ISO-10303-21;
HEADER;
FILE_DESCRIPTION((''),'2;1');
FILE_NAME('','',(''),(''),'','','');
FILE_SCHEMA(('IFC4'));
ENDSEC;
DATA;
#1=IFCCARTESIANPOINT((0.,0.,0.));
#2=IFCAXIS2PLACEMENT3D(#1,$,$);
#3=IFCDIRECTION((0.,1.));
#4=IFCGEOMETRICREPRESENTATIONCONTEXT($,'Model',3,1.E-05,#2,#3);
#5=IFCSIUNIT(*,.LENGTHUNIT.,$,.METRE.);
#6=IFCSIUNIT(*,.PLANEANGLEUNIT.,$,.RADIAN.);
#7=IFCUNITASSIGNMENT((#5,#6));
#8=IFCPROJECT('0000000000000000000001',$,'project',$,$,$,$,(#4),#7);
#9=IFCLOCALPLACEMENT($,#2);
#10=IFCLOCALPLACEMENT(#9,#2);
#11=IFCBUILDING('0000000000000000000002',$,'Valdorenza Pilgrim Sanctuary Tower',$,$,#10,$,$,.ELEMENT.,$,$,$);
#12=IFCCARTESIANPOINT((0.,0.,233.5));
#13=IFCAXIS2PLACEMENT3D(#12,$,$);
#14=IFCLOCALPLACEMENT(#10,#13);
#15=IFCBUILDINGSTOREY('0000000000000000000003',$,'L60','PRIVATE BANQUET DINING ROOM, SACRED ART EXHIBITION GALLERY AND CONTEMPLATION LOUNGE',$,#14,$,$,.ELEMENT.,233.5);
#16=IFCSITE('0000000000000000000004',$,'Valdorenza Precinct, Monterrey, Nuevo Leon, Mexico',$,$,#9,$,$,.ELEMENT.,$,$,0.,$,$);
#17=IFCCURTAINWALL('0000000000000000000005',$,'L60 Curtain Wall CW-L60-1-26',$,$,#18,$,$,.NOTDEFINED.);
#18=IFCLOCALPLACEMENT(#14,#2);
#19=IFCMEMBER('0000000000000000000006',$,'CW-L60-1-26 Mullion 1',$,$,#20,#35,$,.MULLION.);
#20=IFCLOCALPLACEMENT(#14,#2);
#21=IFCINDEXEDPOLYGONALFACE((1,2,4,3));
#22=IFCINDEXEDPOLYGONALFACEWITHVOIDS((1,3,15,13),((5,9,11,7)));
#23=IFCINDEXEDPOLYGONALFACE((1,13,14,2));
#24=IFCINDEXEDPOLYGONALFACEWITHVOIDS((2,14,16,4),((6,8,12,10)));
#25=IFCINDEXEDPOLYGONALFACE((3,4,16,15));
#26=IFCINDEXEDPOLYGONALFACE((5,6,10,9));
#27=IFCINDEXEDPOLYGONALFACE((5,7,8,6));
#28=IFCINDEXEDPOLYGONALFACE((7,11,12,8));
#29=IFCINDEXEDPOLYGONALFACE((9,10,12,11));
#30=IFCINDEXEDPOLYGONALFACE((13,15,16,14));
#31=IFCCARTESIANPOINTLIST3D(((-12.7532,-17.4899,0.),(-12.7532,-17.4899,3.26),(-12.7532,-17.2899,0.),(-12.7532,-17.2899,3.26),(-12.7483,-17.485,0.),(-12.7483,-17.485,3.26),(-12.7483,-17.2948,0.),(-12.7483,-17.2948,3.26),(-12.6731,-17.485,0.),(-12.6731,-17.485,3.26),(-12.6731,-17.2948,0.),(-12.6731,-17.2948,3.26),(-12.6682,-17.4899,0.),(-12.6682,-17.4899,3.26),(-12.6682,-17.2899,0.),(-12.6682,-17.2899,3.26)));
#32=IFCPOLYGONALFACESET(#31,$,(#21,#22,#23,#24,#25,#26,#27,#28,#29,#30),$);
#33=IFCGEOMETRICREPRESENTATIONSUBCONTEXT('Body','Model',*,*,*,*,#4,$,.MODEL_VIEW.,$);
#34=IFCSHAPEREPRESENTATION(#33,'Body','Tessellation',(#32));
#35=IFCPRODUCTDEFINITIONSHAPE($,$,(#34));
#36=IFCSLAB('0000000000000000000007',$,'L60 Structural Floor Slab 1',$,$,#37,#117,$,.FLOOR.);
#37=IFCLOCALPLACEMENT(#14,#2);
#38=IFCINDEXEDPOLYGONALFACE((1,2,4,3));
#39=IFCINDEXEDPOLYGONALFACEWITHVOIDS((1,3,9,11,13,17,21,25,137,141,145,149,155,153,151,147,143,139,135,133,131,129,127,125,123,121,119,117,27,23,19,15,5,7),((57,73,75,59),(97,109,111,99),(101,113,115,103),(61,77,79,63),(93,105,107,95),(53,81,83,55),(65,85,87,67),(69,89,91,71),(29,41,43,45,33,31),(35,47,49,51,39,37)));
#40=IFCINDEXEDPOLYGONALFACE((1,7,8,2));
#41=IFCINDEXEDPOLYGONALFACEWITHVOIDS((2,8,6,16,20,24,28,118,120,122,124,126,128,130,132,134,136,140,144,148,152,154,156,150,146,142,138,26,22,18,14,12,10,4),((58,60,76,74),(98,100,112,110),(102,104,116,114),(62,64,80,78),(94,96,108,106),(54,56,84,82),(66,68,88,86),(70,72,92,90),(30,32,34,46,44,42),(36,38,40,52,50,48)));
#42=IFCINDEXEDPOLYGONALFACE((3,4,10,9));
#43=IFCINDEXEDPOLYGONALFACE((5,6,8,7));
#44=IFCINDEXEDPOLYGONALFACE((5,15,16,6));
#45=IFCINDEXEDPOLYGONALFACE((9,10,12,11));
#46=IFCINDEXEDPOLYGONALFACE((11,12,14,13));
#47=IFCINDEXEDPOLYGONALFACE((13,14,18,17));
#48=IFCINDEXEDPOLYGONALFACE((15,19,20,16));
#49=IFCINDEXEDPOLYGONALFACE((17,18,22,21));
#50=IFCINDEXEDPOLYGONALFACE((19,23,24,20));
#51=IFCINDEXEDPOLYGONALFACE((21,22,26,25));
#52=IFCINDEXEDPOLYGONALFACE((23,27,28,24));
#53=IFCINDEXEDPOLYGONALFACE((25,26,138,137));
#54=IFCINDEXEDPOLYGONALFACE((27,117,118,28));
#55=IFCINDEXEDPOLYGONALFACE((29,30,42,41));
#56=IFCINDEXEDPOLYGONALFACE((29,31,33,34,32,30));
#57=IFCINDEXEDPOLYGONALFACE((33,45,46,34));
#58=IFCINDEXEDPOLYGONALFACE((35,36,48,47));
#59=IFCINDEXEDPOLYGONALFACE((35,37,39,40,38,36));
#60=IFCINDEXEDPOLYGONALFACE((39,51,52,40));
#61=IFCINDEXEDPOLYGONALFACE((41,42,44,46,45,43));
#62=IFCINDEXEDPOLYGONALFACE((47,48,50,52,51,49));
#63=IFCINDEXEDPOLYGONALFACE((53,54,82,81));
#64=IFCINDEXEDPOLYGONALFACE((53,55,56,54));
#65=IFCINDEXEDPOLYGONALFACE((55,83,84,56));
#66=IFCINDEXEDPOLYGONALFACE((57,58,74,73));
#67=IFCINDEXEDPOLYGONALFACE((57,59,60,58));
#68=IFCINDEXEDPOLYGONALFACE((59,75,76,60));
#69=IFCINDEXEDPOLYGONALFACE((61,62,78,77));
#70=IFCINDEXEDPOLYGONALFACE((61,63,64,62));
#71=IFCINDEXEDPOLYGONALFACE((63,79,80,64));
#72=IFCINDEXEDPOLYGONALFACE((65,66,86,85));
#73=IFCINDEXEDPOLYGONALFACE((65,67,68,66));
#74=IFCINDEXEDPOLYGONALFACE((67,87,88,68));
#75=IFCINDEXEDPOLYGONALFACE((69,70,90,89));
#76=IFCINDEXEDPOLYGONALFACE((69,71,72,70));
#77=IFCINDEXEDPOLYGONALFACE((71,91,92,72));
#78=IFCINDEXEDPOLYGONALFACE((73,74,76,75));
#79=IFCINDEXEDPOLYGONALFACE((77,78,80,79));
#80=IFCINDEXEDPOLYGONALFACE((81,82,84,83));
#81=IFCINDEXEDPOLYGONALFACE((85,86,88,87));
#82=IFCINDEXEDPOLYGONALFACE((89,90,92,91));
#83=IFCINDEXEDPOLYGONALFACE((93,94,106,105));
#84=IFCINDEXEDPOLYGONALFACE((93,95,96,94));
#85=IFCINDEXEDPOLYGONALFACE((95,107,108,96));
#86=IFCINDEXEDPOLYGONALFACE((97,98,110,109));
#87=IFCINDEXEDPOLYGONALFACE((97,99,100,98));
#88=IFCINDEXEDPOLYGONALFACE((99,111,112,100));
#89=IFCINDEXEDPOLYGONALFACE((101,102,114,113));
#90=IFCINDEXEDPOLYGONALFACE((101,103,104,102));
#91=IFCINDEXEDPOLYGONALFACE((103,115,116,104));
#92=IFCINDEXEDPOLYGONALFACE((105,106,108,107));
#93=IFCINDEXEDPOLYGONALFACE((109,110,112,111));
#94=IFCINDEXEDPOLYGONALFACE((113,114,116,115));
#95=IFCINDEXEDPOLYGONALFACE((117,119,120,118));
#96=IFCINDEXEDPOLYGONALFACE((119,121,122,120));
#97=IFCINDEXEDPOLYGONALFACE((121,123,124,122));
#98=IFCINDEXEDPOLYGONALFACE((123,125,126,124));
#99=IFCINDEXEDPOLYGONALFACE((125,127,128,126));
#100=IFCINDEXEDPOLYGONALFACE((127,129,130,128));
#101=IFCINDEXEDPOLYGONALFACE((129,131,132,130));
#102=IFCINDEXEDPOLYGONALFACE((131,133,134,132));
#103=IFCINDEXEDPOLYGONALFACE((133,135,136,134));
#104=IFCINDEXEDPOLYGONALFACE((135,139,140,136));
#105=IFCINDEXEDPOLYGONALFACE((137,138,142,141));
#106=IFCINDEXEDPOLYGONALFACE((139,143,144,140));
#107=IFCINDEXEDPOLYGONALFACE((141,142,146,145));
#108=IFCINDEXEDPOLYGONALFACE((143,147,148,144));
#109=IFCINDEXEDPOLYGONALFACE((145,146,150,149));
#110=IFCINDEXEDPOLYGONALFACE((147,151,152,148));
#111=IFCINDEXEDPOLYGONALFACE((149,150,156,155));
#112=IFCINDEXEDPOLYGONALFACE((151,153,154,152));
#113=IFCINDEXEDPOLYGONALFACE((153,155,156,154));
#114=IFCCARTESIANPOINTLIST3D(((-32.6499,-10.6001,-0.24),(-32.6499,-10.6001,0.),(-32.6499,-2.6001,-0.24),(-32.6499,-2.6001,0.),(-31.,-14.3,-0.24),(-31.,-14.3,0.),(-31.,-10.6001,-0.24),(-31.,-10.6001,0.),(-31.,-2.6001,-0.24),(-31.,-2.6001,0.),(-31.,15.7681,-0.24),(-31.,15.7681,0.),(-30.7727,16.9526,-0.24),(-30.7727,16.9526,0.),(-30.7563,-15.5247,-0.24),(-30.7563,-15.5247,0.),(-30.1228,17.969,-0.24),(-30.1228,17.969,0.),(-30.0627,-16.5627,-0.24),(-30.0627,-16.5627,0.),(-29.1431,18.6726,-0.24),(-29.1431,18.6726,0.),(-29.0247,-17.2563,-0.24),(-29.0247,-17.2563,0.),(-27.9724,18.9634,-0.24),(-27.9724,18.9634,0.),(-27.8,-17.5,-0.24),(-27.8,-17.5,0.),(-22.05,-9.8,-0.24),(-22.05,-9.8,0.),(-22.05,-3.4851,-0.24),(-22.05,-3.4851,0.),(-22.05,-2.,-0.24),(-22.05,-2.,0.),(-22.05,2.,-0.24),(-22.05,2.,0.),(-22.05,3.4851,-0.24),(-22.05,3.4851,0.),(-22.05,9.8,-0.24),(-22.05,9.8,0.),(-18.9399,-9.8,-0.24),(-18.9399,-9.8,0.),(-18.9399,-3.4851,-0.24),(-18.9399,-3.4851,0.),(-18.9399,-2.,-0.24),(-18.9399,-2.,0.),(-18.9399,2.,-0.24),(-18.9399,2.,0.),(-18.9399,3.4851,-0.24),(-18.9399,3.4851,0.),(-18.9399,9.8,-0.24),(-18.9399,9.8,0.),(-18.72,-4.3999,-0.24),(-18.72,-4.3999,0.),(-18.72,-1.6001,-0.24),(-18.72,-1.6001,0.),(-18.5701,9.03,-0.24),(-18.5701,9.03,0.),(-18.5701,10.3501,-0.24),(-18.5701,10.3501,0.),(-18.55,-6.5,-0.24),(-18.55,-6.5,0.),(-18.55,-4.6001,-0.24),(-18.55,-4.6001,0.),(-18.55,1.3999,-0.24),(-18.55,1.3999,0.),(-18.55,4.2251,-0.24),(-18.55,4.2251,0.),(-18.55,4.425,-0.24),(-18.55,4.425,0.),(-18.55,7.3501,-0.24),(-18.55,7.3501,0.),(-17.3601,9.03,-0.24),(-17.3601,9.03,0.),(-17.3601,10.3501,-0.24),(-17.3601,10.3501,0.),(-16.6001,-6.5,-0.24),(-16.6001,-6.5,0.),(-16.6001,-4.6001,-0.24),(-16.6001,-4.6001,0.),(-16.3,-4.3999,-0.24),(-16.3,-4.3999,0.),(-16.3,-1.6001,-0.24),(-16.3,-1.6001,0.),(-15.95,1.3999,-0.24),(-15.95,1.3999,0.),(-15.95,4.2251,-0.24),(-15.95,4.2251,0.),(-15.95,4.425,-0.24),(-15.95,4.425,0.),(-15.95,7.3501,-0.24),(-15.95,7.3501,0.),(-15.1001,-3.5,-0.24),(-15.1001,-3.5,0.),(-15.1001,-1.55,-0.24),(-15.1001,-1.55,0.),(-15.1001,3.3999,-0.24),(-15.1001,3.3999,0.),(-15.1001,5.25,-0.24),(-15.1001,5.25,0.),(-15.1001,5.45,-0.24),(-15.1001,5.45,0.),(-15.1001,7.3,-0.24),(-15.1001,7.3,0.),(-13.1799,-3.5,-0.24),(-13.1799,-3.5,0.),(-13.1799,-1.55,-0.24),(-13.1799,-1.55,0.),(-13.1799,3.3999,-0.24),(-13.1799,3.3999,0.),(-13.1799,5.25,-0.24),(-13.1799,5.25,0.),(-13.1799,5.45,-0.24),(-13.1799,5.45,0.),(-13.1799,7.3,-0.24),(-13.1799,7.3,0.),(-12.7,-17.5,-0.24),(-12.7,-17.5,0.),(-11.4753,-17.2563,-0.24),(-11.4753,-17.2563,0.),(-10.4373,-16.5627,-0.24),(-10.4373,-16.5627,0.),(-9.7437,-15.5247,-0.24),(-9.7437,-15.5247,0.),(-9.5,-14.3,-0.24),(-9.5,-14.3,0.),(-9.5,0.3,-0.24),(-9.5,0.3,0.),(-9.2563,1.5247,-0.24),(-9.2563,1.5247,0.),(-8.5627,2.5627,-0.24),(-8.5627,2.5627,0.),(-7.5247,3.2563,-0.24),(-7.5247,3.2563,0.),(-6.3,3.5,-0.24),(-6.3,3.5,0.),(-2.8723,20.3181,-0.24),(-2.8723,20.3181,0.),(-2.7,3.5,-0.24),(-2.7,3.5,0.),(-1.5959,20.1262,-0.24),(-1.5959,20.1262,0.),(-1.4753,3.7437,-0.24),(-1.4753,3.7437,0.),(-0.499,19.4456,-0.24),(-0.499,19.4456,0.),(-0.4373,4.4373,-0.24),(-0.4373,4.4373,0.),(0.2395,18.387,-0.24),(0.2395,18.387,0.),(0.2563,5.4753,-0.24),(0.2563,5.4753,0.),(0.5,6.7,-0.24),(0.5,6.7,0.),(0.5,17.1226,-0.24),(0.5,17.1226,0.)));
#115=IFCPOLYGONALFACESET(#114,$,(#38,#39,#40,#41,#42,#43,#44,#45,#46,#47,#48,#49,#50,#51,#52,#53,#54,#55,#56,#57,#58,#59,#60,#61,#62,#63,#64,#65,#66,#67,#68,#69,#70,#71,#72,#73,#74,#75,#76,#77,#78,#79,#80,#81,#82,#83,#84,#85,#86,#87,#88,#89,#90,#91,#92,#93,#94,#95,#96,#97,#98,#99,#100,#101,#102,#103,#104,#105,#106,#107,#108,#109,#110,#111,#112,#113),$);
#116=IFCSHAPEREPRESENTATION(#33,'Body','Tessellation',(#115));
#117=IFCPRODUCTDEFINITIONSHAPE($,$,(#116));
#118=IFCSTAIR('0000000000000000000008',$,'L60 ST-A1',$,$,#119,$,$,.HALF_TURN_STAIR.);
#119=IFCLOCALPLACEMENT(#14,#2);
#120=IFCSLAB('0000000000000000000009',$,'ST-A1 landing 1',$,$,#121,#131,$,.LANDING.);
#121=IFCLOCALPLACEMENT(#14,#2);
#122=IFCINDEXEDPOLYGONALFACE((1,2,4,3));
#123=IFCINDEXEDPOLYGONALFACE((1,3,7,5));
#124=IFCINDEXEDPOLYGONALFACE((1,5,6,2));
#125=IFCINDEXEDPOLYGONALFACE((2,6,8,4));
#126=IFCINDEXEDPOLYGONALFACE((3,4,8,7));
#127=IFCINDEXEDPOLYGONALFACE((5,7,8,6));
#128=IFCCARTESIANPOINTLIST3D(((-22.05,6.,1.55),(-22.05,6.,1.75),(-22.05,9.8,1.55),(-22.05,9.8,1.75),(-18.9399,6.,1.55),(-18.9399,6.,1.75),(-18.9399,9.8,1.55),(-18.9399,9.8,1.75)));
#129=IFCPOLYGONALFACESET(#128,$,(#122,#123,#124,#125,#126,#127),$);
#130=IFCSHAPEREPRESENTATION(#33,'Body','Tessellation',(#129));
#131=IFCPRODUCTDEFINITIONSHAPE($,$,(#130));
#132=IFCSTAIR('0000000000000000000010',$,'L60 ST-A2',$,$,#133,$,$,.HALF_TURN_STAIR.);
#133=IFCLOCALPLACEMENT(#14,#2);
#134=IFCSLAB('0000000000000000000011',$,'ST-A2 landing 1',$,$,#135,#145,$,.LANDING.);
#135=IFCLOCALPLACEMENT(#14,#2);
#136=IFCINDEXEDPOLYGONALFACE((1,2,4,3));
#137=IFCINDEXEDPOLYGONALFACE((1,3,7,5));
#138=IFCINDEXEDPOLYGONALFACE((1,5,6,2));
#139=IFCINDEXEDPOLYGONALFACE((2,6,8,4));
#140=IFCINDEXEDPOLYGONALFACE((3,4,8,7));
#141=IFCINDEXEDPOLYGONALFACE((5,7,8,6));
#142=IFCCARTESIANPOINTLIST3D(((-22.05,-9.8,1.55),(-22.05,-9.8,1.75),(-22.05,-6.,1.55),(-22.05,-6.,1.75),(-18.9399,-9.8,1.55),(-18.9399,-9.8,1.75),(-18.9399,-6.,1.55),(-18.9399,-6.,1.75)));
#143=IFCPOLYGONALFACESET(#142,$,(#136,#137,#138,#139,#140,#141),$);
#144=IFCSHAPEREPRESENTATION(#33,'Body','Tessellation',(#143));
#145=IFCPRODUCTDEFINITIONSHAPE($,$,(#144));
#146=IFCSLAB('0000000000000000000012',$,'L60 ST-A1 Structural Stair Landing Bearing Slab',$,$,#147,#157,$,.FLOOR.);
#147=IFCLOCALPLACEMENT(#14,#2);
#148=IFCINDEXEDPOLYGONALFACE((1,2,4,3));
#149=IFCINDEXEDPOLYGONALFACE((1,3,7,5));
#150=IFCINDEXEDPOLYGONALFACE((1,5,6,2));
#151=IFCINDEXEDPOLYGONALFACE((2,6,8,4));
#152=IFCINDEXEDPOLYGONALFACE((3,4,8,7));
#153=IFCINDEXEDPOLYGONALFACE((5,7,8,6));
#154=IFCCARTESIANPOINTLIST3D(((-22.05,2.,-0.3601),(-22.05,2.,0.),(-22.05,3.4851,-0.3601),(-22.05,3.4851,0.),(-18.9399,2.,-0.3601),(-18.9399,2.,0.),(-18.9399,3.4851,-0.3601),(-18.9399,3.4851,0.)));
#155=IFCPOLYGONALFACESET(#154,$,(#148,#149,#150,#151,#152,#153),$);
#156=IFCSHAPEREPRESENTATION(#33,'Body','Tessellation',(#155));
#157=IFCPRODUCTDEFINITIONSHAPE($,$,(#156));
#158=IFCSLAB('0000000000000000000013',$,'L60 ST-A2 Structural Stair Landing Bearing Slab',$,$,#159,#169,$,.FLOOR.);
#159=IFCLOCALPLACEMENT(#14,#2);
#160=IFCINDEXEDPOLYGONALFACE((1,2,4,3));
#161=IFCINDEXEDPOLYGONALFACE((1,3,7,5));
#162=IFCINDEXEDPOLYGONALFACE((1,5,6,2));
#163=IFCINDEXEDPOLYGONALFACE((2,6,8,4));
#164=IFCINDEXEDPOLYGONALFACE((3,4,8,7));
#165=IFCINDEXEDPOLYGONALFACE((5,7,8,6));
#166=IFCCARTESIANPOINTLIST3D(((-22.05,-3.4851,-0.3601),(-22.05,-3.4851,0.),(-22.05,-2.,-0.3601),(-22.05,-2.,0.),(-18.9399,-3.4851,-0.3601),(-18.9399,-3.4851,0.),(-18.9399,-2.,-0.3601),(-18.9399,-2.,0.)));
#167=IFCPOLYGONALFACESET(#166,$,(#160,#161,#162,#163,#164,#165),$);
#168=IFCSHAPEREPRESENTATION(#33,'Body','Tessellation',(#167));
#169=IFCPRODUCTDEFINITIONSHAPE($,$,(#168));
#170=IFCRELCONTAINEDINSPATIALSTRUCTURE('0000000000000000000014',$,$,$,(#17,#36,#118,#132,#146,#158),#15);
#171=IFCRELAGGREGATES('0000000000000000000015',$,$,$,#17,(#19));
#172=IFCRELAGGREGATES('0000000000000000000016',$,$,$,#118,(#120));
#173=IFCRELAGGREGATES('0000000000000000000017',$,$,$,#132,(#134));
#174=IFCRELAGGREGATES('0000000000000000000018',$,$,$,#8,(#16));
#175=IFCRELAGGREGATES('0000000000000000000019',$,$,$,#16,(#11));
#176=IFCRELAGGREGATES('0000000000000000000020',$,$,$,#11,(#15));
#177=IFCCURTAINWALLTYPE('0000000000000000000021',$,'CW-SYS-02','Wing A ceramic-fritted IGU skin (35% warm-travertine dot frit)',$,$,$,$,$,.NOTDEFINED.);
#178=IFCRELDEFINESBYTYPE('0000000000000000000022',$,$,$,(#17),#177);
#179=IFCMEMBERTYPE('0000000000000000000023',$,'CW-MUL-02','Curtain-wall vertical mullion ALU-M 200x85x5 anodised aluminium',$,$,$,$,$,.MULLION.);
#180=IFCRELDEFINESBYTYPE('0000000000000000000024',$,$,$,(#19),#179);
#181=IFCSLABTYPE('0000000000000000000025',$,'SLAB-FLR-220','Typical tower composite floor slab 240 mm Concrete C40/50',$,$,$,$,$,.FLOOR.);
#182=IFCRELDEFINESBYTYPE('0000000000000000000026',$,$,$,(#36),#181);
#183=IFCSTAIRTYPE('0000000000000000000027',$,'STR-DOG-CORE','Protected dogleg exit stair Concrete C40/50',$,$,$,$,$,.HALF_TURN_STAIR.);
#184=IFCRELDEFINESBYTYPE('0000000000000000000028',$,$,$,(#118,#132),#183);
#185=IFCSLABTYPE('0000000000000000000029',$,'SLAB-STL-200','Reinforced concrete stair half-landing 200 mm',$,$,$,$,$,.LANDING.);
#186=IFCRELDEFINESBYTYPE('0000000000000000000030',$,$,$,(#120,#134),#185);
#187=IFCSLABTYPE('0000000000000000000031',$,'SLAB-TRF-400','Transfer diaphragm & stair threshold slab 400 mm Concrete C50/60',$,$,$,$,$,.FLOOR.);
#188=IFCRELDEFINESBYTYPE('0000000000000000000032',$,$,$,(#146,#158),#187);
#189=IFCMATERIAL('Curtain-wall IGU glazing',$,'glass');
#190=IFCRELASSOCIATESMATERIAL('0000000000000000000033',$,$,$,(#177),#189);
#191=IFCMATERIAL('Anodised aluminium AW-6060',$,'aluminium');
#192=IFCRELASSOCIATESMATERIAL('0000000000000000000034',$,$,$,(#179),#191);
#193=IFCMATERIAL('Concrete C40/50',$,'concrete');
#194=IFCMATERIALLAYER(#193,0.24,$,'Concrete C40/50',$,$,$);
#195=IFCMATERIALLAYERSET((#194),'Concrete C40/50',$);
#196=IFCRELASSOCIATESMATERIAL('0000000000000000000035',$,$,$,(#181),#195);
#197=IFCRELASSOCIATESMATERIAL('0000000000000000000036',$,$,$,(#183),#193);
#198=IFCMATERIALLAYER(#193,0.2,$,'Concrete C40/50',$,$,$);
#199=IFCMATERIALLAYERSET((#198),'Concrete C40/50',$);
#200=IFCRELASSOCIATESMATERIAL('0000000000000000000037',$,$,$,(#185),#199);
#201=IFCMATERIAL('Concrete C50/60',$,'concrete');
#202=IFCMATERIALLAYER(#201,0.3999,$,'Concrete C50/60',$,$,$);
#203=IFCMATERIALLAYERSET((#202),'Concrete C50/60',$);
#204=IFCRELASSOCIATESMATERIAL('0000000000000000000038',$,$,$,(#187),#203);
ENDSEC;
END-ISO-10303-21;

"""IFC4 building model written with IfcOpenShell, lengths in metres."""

from ifc_helpers import new_model, si_unit, direction, frame, origin, origin_2d, place, context, subcontext, project, spatial, polyline, hollow_rectangle, outline, extrude, source, transform, mapped, material, layer, layer_set, material_profile, profile_set, type_object, element, aggregate, save


model = new_model("IFC4")

# Units and contexts
model_context = context("Model", 3, precision=1e-05, world=origin(), true_north=direction((0.0, 1.0)))
body_context = subcontext(model_context, "Body", "Model", "MODEL_VIEW")
ifc_project = project(units=[si_unit("LENGTHUNIT", "METRE"), si_unit("PLANEANGLEUNIT", "RADIAN")], contexts=[model_context])

# Site, building, storey
site_placement = place(None, origin())
site = spatial("IfcSite", under=ifc_project, at=site_placement, Name="Valdorenza Precinct, Monterrey, Nuevo Leon, Mexico", CompositionType="ELEMENT", RefElevation=0.0)
building_placement = place(site_placement, origin())
building = spatial("IfcBuilding", under=site, at=building_placement, Name="Valdorenza Pilgrim Sanctuary Tower", CompositionType="ELEMENT")
storey_placement = place(building_placement, frame((0.0, 0.0, 233.5)))
storey = spatial("IfcBuildingStorey", under=building, at=storey_placement, Name="L60", Description="PRIVATE BANQUET DINING ROOM, SACRED ART EXHIBITION GALLERY AND CONTEMPLATION LOUNGE", CompositionType="ELEMENT", Elevation=233.5)

# Shared definitions
ifc_material_1 = material(Name="Concrete C50/60", Category="concrete")

# Curtain wall
ifc_material_2 = material(Name="Curtain-wall IGU glazing", Category="glass")
curtain_wall_type = type_object("IfcCurtainWallType", Name="CW-SYS-02", Description="Wing A ceramic-fritted IGU skin (35% warm-travertine dot frit)", PredefinedType="NOTDEFINED", material=ifc_material_2)
curtain_wall_1_placement = place(storey_placement, origin())
curtain_wall_1 = element("IfcCurtainWall", 1, at=curtain_wall_1_placement, inside=storey, type_object=curtain_wall_type, Name="L60 Curtain Wall CW-L60-1-26", PredefinedType="NOTDEFINED")
ifc_material_3 = material(Name="Anodised aluminium AW-6060", Category="aluminium")

# Shared definitions
ifc_material_profile_1 = material_profile(ifc_material_3, hollow_rectangle(XDim=0.085, YDim=0.2, WallThickness=0.0049, at=origin_2d()), Name="ALU-M 200x85x5")
ifc_profile_set_1 = profile_set([ifc_material_profile_1], Name="Anodised aluminium AW-6060")
member_type_1 = type_object("IfcMemberType", Name="CW-MUL-02", Description="Curtain-wall vertical mullion ALU-M 200x85x5 anodised aluminium", PredefinedType="MULLION", material=ifc_profile_set_1)
shared_shape_1 = source(origin(), body_context, "Body", "SweptSolid", [
    extrude(hollow_rectangle(XDim=0.085, YDim=0.2, WallThickness=0.0049, at=origin_2d()), origin(), (0.0, 0.0, 1.0), 3.26),
])

# Member
member_1_placement = place(storey_placement, frame((-12.7107, -17.3899, 0.0), z_axis=(0.0, 0.0, 1.0), x_axis=(-1.0, 0.0, 0.0)))
member_1 = element("IfcMember", 2, at=member_1_placement, type_object=member_type_1, Name="CW-L60-1-26 Mullion 1", PredefinedType="MULLION", context=body_context, shape_type="MappedRepresentation", body=[
    mapped(shared_shape_1, transform((0.0, 0.0, 0.0), x_axis=(1.0, 0.0, 0.0), y_axis=(0.0, 1.0, 0.0), z_axis=(0.0, 0.0, 1.0), scale=1.0)),
])
aggregate(curtain_wall_1, [member_1])

# Slab
ifc_material_4 = material(Name="Concrete C40/50", Category="concrete")
ifc_layer_1 = layer(ifc_material_4, 0.24, Name="Concrete C40/50")
ifc_layer_set_1 = layer_set([ifc_layer_1], Name="Concrete C40/50")
slab_type_1 = type_object("IfcSlabType", Name="SLAB-FLR-220", Description="Typical tower composite floor slab 240 mm Concrete C40/50", PredefinedType="FLOOR", material=ifc_layer_set_1)
slab_1_placement = place(storey_placement, frame((0.0, 0.0, -0.24)))
element("IfcSlab", 3, at=slab_1_placement, inside=storey, type_object=slab_type_1, Name="L60 Structural Floor Slab 1", PredefinedType="FLOOR", context=body_context, shape_type="SweptSolid", body=[
    extrude(outline(polyline([(-32.6499, -2.6001), (-31.0, -2.6001), (-31.0, 15.7681), (-30.7727, 16.9526), (-30.1228, 17.969), (-29.1431, 18.6726), (-27.9724, 18.9634), (-2.8723, 20.3181), (-1.5959, 20.1262), (-0.499, 19.4456), (0.2395, 18.387), (0.5, 17.1226), (0.5, 6.7), (0.2563, 5.4753), (-0.4373, 4.4373), (-1.4753, 3.7437), (-2.7, 3.5), (-6.3, 3.5), (-7.5247, 3.2563), (-8.5627, 2.5627), (-9.2563, 1.5247), (-9.5, 0.3), (-9.5, -14.3), (-9.7437, -15.5247), (-10.4373, -16.5627), (-11.4753, -17.2563), (-12.7, -17.5), (-27.8, -17.5), (-29.0247, -17.2563), (-30.0627, -16.5627), (-30.7563, -15.5247), (-31.0, -14.3), (-31.0, -10.6001), (-32.6499, -10.6001), (-32.6499, -2.6001)]), holes=[polyline([(-22.05, -9.8), (-18.9399, -9.8), (-18.9399, -3.4851), (-18.9399, -2.0), (-22.05, -2.0), (-22.05, -3.4851), (-22.05, -9.8)]), polyline([(-16.6001, -6.5), (-16.6001, -4.6001), (-18.55, -4.6001), (-18.55, -6.5), (-16.6001, -6.5)]), polyline([(-22.05, 2.0), (-18.9399, 2.0), (-18.9399, 3.4851), (-18.9399, 9.8), (-22.05, 9.8), (-22.05, 3.4851), (-22.05, 2.0)]), polyline([(-17.3601, 9.03), (-17.3601, 10.3501), (-18.5701, 10.3501), (-18.5701, 9.03), (-17.3601, 9.03)]), polyline([(-16.3, -1.6001), (-18.72, -1.6001), (-18.72, -4.3999), (-16.3, -4.3999), (-16.3, -1.6001)]), polyline([(-13.1799, -3.5), (-13.1799, -1.55), (-15.1001, -1.55), (-15.1001, -3.5), (-13.1799, -3.5)]), polyline([(-15.95, 1.3999), (-15.95, 4.2251), (-18.55, 4.2251), (-18.55, 1.3999), (-15.95, 1.3999)]), polyline([(-13.1799, 5.25), (-15.1001, 5.25), (-15.1001, 3.3999), (-13.1799, 3.3999), (-13.1799, 5.25)]), polyline([(-15.95, 4.425), (-15.95, 7.3501), (-18.55, 7.3501), (-18.55, 4.425), (-15.95, 4.425)]), polyline([(-13.1799, 5.45), (-13.1799, 7.3), (-15.1001, 7.3), (-15.1001, 5.45), (-13.1799, 5.45)])]), origin(), (0.0, 0.0, 1.0), 0.24),
])

# Stairs, slabs
stair_type = type_object("IfcStairType", Name="STR-DOG-CORE", Description="Protected dogleg exit stair Concrete C40/50", PredefinedType="HALF_TURN_STAIR", material=ifc_material_4)
stair_1_placement = place(storey_placement, origin())
stair_1 = element("IfcStair", 4, at=stair_1_placement, inside=storey, type_object=stair_type, Name="L60 ST-A1", PredefinedType="HALF_TURN_STAIR")
ifc_layer_2 = layer(ifc_material_4, 0.2, Name="Concrete C40/50")
ifc_layer_set_2 = layer_set([ifc_layer_2], Name="Concrete C40/50")
slab_type_2 = type_object("IfcSlabType", Name="SLAB-STL-200", Description="Reinforced concrete stair half-landing 200 mm", PredefinedType="LANDING", material=ifc_layer_set_2)
slab_2_placement = place(storey_placement, frame((0.0, 0.0, 1.55)))
slab_2 = element("IfcSlab", 5, at=slab_2_placement, type_object=slab_type_2, Name="ST-A1 landing 1", PredefinedType="LANDING", context=body_context, shape_type="SweptSolid", body=[
    extrude(outline(polyline([(-18.9399, 6.0), (-18.9399, 9.8), (-22.05, 9.8), (-22.05, 6.0), (-18.9399, 6.0)])), origin(), (0.0, 0.0, 1.0), 0.2),
])
aggregate(stair_1, [slab_2])
stair_2_placement = place(storey_placement, origin())
stair_2 = element("IfcStair", 6, at=stair_2_placement, inside=storey, type_object=stair_type, Name="L60 ST-A2", PredefinedType="HALF_TURN_STAIR")
slab_3_placement = place(storey_placement, frame((0.0, 0.0, 1.55)))
slab_3 = element("IfcSlab", 7, at=slab_3_placement, type_object=slab_type_2, Name="ST-A2 landing 1", PredefinedType="LANDING", context=body_context, shape_type="SweptSolid", body=[
    extrude(outline(polyline([(-22.05, -6.0), (-22.05, -9.8), (-18.9399, -9.8), (-18.9399, -6.0), (-22.05, -6.0)])), origin(), (0.0, 0.0, 1.0), 0.2),
])
aggregate(stair_2, [slab_3])

# Slabs
ifc_layer_3 = layer(ifc_material_1, 0.3999, Name="Concrete C50/60")
ifc_layer_set_3 = layer_set([ifc_layer_3], Name="Concrete C50/60")
slab_type_3 = type_object("IfcSlabType", Name="SLAB-TRF-400", Description="Transfer diaphragm & stair threshold slab 400 mm Concrete C50/60", PredefinedType="FLOOR", material=ifc_layer_set_3)
slab_4_placement = place(storey_placement, frame((0.0, 0.0, -0.3601)))
element("IfcSlab", 8, at=slab_4_placement, inside=storey, type_object=slab_type_3, Name="L60 ST-A1 Structural Stair Landing Bearing Slab", PredefinedType="FLOOR", context=body_context, shape_type="SweptSolid", body=[
    extrude(outline(polyline([(-22.05, 2.0), (-18.9399, 2.0), (-18.9399, 3.4851), (-22.05, 3.4851), (-22.05, 2.0)])), origin(), (0.0, 0.0, 1.0), 0.3601),
])
slab_5_placement = place(storey_placement, frame((0.0, 0.0, -0.3601)))
element("IfcSlab", 9, at=slab_5_placement, inside=storey, type_object=slab_type_3, Name="L60 ST-A2 Structural Stair Landing Bearing Slab", PredefinedType="FLOOR", context=body_context, shape_type="SweptSolid", body=[
    extrude(outline(polyline([(-22.05, -3.4851), (-18.9399, -3.4851), (-18.9399, -2.0), (-22.05, -2.0), (-22.05, -3.4851)])), origin(), (0.0, 0.0, 1.0), 0.3601),
])

save(model, "model.ifc")
